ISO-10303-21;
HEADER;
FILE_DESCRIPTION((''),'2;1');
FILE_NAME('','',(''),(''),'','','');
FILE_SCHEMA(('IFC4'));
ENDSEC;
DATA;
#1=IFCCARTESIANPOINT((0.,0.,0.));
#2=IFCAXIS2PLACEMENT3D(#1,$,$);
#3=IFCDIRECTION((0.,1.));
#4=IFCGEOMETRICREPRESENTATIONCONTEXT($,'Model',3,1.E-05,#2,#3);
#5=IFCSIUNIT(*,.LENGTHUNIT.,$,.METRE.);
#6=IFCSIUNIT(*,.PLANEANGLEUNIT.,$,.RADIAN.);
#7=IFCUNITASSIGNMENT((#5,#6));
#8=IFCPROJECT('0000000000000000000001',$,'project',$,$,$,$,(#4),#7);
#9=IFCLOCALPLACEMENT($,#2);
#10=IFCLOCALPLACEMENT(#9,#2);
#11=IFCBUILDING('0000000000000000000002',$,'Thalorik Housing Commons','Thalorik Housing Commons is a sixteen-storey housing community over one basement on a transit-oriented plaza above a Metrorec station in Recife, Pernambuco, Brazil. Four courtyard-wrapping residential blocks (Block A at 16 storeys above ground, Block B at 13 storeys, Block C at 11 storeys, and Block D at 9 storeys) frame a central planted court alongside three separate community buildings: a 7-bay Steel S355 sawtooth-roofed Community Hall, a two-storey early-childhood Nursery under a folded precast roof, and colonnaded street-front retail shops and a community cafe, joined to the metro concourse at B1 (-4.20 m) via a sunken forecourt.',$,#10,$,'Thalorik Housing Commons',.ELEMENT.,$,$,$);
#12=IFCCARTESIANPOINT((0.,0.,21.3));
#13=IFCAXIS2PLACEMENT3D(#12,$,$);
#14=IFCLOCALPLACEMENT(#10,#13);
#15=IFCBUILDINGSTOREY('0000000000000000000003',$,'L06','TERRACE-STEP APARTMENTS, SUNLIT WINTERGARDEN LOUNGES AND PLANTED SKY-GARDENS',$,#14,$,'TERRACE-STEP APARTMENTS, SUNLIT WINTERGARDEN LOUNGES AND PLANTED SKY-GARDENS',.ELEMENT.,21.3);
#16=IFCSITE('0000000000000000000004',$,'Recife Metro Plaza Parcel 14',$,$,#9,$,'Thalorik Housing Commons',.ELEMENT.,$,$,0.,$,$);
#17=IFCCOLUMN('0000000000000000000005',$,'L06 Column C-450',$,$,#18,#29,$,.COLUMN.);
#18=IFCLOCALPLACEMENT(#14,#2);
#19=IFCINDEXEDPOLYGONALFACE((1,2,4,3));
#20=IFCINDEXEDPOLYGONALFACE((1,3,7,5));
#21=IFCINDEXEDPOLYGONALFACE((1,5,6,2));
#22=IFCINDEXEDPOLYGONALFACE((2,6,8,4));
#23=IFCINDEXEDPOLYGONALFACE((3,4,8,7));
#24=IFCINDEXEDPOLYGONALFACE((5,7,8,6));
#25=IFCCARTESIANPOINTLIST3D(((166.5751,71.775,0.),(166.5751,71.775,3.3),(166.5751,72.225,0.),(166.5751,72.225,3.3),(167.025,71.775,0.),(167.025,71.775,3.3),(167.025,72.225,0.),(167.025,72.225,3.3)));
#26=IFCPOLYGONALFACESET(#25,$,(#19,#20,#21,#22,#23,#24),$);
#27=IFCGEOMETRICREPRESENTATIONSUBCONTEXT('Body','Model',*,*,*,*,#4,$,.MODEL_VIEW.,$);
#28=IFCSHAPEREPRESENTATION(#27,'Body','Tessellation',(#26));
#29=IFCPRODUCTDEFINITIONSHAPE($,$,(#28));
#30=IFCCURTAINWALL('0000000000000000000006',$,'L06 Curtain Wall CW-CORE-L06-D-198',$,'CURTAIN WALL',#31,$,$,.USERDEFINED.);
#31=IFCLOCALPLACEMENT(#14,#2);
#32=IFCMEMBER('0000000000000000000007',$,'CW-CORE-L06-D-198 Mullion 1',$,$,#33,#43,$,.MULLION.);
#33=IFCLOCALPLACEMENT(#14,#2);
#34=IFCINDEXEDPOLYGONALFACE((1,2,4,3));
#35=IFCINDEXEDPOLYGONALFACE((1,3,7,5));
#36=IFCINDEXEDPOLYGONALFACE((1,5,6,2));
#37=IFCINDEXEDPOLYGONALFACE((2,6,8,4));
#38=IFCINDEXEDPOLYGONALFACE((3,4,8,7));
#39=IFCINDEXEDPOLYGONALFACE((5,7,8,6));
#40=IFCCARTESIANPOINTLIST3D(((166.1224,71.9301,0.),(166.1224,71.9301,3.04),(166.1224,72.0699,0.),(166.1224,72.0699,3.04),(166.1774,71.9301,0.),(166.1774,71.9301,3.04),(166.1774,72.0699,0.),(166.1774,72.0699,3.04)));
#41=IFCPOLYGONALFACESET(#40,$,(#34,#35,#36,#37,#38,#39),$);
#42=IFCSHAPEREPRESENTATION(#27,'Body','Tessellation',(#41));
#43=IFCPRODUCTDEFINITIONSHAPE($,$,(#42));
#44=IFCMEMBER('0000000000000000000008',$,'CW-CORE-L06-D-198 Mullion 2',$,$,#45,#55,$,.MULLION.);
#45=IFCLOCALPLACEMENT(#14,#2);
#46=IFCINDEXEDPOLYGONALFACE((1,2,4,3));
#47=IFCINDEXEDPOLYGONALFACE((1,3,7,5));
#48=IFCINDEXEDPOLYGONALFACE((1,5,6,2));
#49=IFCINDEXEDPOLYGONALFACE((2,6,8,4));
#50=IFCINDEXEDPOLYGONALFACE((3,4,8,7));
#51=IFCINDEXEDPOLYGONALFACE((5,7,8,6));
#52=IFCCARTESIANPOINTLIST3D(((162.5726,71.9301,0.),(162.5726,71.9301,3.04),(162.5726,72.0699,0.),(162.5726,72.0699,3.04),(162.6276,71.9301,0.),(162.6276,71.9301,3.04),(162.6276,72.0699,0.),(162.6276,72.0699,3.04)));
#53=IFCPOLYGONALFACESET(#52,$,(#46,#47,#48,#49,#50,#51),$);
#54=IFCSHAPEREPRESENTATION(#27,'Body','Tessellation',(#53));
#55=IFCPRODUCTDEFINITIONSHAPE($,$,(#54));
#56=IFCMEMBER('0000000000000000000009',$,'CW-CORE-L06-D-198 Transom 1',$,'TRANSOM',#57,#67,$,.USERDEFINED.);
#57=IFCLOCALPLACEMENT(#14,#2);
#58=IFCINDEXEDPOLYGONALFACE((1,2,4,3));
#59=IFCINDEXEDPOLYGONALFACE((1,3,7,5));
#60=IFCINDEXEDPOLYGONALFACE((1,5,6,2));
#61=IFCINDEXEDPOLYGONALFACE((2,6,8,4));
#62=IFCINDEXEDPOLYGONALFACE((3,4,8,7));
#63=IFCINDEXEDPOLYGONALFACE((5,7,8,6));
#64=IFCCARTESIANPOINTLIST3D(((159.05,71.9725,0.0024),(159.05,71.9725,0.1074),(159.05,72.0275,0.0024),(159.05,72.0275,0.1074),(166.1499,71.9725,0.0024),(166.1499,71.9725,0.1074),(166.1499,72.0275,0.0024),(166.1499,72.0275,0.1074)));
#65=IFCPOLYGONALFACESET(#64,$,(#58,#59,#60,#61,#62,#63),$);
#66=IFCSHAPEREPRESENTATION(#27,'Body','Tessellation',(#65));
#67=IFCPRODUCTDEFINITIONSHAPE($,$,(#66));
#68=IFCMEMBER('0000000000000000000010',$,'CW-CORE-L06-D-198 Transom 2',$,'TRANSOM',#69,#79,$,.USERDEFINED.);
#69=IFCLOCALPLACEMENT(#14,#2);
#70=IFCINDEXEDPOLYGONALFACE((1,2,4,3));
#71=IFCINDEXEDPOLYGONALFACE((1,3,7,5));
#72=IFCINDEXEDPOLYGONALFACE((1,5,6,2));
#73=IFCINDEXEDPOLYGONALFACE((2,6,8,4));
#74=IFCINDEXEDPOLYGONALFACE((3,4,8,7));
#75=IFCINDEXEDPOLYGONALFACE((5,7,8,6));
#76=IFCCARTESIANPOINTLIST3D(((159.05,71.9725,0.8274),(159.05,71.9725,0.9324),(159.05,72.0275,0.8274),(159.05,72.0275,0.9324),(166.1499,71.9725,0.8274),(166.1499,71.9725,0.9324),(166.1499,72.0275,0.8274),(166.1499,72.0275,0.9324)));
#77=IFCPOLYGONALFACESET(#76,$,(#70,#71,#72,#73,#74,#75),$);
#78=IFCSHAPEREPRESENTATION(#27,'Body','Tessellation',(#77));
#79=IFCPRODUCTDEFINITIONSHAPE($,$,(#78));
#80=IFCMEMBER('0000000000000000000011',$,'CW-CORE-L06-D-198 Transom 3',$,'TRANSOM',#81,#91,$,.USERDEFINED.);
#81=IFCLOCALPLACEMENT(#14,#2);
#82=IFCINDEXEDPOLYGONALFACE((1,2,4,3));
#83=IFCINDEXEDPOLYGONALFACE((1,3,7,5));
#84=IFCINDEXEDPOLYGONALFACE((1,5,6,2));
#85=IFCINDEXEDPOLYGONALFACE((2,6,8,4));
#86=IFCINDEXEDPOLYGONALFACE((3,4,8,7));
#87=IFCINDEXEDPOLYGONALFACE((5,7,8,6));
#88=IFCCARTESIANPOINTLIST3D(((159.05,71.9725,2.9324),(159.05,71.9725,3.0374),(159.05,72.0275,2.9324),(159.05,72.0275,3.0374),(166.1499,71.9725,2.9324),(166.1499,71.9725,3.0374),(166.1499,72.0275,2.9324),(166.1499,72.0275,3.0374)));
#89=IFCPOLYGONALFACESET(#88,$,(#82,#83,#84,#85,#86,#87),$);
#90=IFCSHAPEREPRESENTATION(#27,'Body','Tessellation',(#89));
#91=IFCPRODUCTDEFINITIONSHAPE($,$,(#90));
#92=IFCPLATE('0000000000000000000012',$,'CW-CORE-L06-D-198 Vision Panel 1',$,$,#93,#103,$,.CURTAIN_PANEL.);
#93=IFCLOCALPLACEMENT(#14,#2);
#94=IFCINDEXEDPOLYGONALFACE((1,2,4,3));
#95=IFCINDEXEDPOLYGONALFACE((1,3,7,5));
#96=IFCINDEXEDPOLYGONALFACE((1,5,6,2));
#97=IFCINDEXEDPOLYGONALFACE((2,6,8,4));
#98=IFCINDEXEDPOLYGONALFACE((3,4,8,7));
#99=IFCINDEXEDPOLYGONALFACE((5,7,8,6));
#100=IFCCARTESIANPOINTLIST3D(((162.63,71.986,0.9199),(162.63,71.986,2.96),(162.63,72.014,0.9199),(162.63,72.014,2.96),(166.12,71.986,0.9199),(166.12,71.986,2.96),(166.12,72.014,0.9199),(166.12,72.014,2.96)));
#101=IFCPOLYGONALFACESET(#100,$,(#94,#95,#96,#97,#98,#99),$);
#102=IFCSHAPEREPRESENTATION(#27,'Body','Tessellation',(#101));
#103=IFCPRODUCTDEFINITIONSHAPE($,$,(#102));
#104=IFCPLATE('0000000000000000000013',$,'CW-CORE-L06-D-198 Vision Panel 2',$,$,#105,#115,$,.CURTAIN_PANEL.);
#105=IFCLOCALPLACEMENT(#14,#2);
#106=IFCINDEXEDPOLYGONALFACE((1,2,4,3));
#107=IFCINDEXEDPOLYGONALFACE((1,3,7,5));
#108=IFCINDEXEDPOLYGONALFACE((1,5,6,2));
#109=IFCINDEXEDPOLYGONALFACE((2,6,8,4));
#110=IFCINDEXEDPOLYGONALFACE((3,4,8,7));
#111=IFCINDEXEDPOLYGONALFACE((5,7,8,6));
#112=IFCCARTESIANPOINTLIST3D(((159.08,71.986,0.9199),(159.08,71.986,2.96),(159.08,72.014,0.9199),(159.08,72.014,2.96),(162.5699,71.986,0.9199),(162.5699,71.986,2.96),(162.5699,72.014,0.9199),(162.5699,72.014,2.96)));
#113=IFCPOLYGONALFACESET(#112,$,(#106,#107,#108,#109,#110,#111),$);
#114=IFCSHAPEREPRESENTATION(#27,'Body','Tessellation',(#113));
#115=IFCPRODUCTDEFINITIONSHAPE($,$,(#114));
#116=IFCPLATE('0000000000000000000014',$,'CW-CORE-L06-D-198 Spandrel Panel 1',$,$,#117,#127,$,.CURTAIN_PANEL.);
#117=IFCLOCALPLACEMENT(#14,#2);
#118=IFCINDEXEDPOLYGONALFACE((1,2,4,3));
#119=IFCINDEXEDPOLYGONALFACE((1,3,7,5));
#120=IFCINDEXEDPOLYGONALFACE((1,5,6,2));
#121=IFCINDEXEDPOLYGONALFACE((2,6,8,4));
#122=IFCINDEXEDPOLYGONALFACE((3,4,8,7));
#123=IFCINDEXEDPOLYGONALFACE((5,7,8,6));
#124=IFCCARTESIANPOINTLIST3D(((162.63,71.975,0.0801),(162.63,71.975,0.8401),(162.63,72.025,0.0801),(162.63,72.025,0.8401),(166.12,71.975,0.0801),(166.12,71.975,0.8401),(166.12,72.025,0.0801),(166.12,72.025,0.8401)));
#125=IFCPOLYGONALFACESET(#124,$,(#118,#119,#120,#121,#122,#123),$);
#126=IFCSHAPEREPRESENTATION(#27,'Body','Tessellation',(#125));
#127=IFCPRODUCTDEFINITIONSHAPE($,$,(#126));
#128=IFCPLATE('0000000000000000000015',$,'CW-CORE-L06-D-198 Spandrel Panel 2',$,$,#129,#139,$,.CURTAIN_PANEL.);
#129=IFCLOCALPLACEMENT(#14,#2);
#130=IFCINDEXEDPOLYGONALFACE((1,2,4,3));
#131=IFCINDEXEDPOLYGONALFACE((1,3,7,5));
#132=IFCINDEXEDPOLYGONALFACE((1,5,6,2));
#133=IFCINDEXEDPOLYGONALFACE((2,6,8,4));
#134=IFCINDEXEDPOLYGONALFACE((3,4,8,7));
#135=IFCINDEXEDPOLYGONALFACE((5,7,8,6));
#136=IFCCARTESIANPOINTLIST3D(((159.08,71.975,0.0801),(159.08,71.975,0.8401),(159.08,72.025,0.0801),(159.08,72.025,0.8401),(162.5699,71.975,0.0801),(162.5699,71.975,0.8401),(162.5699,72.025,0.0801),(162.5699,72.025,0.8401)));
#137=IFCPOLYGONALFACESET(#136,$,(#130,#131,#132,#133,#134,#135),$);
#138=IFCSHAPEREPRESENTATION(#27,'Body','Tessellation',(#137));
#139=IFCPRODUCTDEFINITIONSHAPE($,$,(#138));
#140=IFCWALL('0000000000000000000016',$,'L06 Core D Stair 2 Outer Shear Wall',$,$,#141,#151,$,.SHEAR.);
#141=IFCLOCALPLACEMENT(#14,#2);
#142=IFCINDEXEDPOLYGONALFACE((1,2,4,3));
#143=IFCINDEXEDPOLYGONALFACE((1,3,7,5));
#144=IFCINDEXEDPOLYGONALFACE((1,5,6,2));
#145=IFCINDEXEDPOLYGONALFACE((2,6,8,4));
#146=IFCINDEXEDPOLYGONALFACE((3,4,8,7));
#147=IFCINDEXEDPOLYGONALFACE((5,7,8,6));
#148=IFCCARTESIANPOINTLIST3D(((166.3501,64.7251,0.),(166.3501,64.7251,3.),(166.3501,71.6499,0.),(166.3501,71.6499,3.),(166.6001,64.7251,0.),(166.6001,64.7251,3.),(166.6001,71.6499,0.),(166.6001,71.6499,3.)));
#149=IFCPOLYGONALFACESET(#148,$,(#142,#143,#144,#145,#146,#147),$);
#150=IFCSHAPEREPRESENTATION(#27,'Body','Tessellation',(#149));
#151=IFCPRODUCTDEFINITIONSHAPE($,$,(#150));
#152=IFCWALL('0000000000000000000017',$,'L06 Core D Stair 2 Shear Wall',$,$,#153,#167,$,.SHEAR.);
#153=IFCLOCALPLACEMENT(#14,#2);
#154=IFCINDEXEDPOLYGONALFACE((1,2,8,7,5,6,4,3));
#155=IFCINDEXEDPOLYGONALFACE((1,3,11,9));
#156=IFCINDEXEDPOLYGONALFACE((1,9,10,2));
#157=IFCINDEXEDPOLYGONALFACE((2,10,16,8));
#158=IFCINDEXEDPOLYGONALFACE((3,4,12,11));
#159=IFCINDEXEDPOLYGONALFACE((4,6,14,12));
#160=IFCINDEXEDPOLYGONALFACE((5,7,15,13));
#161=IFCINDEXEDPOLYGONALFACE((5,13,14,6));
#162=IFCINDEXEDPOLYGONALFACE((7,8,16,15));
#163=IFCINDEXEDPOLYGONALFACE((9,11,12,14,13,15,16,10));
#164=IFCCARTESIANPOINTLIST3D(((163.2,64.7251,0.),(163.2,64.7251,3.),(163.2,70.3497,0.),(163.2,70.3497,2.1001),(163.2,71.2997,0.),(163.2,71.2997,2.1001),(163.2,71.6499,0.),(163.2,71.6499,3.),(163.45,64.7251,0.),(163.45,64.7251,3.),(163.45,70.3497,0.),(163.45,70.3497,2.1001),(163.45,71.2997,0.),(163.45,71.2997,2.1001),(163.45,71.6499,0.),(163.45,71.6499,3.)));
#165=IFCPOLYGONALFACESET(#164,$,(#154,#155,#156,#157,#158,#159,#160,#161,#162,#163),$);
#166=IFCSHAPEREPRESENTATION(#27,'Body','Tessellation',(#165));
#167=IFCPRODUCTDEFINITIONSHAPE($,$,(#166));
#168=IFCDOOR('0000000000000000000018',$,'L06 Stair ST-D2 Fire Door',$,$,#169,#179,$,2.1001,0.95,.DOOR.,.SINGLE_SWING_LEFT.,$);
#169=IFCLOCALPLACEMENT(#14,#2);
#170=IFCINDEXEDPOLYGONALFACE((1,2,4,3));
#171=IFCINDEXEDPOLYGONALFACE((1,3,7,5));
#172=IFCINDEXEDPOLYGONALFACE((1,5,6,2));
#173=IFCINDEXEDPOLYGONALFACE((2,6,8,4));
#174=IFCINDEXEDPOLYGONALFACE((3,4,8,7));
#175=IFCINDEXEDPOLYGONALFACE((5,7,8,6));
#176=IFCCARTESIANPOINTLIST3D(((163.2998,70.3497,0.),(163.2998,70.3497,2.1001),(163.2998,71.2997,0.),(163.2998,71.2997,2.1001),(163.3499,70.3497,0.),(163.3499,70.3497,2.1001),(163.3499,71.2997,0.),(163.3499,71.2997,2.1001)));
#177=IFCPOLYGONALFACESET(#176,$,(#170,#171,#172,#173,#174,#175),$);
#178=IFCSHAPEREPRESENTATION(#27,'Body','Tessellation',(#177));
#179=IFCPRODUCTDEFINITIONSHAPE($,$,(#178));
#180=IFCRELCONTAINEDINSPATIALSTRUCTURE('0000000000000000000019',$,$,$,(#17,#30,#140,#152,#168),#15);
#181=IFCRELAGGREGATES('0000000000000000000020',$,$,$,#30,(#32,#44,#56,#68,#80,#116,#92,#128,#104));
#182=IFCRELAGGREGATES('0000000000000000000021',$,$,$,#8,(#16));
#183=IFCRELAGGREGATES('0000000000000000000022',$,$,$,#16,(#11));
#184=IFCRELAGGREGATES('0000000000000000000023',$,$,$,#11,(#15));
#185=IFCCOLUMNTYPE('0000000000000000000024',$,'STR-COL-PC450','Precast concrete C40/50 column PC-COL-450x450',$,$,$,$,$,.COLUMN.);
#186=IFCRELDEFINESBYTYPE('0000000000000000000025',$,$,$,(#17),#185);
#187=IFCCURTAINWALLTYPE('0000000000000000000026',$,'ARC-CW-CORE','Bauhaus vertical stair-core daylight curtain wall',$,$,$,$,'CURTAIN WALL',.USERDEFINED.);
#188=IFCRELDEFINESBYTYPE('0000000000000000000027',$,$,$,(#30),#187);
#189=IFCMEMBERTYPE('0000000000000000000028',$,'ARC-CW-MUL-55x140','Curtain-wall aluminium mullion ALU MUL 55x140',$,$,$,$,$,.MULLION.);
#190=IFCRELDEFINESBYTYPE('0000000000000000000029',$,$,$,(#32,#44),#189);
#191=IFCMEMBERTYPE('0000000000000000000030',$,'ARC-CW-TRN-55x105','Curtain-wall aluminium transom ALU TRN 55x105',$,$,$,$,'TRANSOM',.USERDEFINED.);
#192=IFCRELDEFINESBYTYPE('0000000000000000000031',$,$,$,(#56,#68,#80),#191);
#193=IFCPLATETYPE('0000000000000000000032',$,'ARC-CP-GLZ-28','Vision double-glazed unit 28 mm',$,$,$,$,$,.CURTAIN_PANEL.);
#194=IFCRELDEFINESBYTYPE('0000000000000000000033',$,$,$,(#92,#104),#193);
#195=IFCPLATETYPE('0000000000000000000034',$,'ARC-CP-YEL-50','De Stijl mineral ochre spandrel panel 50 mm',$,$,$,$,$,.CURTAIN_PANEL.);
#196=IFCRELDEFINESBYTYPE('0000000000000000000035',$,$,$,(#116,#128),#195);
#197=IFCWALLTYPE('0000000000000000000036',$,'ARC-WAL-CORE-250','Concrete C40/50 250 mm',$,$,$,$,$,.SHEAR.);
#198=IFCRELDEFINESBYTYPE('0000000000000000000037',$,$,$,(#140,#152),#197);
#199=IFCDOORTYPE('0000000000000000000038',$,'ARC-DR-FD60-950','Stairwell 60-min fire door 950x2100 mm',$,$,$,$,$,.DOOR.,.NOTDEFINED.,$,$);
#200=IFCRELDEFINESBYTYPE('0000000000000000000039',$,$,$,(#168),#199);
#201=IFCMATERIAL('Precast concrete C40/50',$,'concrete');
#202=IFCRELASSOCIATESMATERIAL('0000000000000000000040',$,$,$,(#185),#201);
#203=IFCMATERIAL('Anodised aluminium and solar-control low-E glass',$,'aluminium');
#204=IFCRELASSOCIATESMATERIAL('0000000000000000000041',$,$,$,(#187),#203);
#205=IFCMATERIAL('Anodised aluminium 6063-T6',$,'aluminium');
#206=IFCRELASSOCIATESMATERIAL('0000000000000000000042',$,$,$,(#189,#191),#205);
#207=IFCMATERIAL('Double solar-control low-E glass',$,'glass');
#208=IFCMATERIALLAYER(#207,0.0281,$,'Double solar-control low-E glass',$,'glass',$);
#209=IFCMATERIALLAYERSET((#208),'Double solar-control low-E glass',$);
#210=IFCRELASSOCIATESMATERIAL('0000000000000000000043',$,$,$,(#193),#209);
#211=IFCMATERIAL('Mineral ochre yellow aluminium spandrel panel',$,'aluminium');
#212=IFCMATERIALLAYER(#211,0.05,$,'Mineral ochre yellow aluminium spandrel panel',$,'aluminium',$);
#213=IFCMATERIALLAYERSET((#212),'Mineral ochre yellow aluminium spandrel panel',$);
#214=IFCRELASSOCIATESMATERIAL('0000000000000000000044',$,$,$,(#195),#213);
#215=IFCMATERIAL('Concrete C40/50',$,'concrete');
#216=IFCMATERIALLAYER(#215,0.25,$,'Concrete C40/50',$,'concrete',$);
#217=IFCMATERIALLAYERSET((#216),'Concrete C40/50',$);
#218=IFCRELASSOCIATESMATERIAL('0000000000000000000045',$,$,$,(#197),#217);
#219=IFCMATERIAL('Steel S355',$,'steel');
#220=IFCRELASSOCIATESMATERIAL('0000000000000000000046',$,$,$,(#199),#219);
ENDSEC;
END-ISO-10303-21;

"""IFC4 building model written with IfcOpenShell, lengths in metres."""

from ifc_helpers import new_model, si_unit, direction, frame, frame_2d, origin, origin_2d, place, context, subcontext, project, spatial, rectangle, extrude, material, layer, layer_set, material_profile, profile_set, type_object, element, fill, aggregate, save


model = new_model("IFC4")

# Units and contexts
model_context = context("Model", 3, precision=1e-05, world=origin(), true_north=direction((0.0, 1.0)))
body_context = subcontext(model_context, "Body", "Model", "MODEL_VIEW")
ifc_project = project(units=[si_unit("LENGTHUNIT", "METRE"), si_unit("PLANEANGLEUNIT", "RADIAN")], contexts=[model_context])

# Site, building, storey
site_placement = place(None, origin())
site = spatial("IfcSite", under=ifc_project, at=site_placement, Name="Recife Metro Plaza Parcel 14", LongName="Thalorik Housing Commons", CompositionType="ELEMENT", RefElevation=0.0)
building_placement = place(site_placement, origin())
building = spatial("IfcBuilding", under=site, at=building_placement, Name="Thalorik Housing Commons", Description="Thalorik Housing Commons is a sixteen-storey housing community over one basement on a transit-oriented plaza above a Metrorec station in Recife, Pernambuco, Brazil. Four courtyard-wrapping residential blocks (Block A at 16 storeys above ground, Block B at 13 storeys, Block C at 11 storeys, and Block D at 9 storeys) frame a central planted court alongside three separate community buildings: a 7-bay Steel S355 sawtooth-roofed Community Hall, a two-storey early-childhood Nursery under a folded precast roof, and colonnaded street-front retail shops and a community cafe, joined to the metro concourse at B1 (-4.20 m) via a sunken forecourt.", LongName="Thalorik Housing Commons", CompositionType="ELEMENT")
storey_placement = place(building_placement, frame((0.0, 0.0, 21.3)))
storey = spatial("IfcBuildingStorey", under=building, at=storey_placement, Name="L06", Description="TERRACE-STEP APARTMENTS, SUNLIT WINTERGARDEN LOUNGES AND PLANTED SKY-GARDENS", LongName="TERRACE-STEP APARTMENTS, SUNLIT WINTERGARDEN LOUNGES AND PLANTED SKY-GARDENS", CompositionType="ELEMENT", Elevation=21.3)

# Column
ifc_material_1 = material(Name="Precast concrete C40/50", Category="concrete")
ifc_material_profile_1 = material_profile(ifc_material_1, rectangle(XDim=0.45, YDim=0.45, at=origin_2d()), Name="PC 450x450", Category="concrete")
ifc_profile_set_1 = profile_set([ifc_material_profile_1], Name="Precast concrete C40/50")
column_type = type_object("IfcColumnType", Name="STR-COL-PC450", Description="Precast concrete C40/50 column PC-COL-450x450", PredefinedType="COLUMN", material=ifc_profile_set_1)
column_placement = place(storey_placement, frame((166.8, 72.0, 0.0), z_axis=(0.0, 0.0, 1.0), x_axis=(1.0, 0.0, 0.0)))
element("IfcColumn", 1, at=column_placement, inside=storey, type_object=column_type, Name="L06 Column C-450", PredefinedType="COLUMN", context=body_context, shape_type="SweptSolid", body=[
    extrude(rectangle(XDim=0.45, YDim=0.45, at=origin_2d()), origin(), (0.0, 0.0, 1.0), 3.3),
])

# Curtain wall, members, plates
ifc_material_2 = material(Name="Anodised aluminium and solar-control low-E glass", Category="aluminium")
curtain_wall_type = type_object("IfcCurtainWallType", Name="ARC-CW-CORE", Description="Bauhaus vertical stair-core daylight curtain wall", ElementType="CURTAIN WALL", PredefinedType="USERDEFINED", material=ifc_material_2)
curtain_wall_placement = place(storey_placement, origin())
curtain_wall = element("IfcCurtainWall", 2, at=curtain_wall_placement, inside=storey, type_object=curtain_wall_type, Name="L06 Curtain Wall CW-CORE-L06-D-198", ObjectType="CURTAIN WALL", PredefinedType="USERDEFINED")
ifc_material_3 = material(Name="Anodised aluminium 6063-T6", Category="aluminium")
ifc_material_profile_2 = material_profile(ifc_material_3, rectangle(XDim=0.0549, YDim=0.1399, at=origin_2d()), Name="ALU MUL 55x140", Category="aluminium")
ifc_profile_set_2 = profile_set([ifc_material_profile_2], Name="Anodised aluminium 6063-T6")
member_type_1 = type_object("IfcMemberType", Name="ARC-CW-MUL-55x140", Description="Curtain-wall aluminium mullion ALU MUL 55x140", PredefinedType="MULLION", material=ifc_profile_set_2)
member_1_placement = place(storey_placement, frame((166.1499, 72.0, 0.0), z_axis=(0.0, 0.0, 1.0), x_axis=(-1.0, 0.0, 0.0)))
member_1 = element("IfcMember", 3, at=member_1_placement, type_object=member_type_1, Name="CW-CORE-L06-D-198 Mullion 1", PredefinedType="MULLION", context=body_context, shape_type="SweptSolid", body=[
    extrude(rectangle(XDim=0.0549, YDim=0.1399, at=origin_2d()), origin(), (0.0, 0.0, 1.0), 3.04),
])
member_2_placement = place(storey_placement, frame((162.6001, 72.0, 0.0), z_axis=(0.0, 0.0, 1.0), x_axis=(-1.0, 0.0, 0.0)))
member_2 = element("IfcMember", 4, at=member_2_placement, type_object=member_type_1, Name="CW-CORE-L06-D-198 Mullion 2", PredefinedType="MULLION", context=body_context, shape_type="SweptSolid", body=[
    extrude(rectangle(XDim=0.0549, YDim=0.1399, at=origin_2d()), origin(), (0.0, 0.0, 1.0), 3.04),
])
ifc_material_profile_3 = material_profile(ifc_material_3, rectangle(XDim=0.0549, YDim=0.105, at=origin_2d()), Name="ALU TRN 55x105", Category="aluminium")
ifc_profile_set_3 = profile_set([ifc_material_profile_3], Name="Anodised aluminium 6063-T6")
member_type_2 = type_object("IfcMemberType", Name="ARC-CW-TRN-55x105", Description="Curtain-wall aluminium transom ALU TRN 55x105", ElementType="TRANSOM", PredefinedType="USERDEFINED", material=ifc_profile_set_3)
member_3_placement = place(storey_placement, frame((166.1499, 72.0, 0.0549), z_axis=(-1.0, 0.0, 0.0), x_axis=(0.0, -1.0, 0.0)))
member_3 = element("IfcMember", 5, at=member_3_placement, type_object=member_type_2, Name="CW-CORE-L06-D-198 Transom 1", ObjectType="TRANSOM", PredefinedType="USERDEFINED", context=body_context, shape_type="SweptSolid", body=[
    extrude(rectangle(XDim=0.0549, YDim=0.105, at=origin_2d()), origin(), (0.0, 0.0, 1.0), 7.0999),
])
member_4_placement = place(storey_placement, frame((166.1499, 72.0, 0.8799), z_axis=(-1.0, 0.0, 0.0), x_axis=(0.0, -1.0, 0.0)))
member_4 = element("IfcMember", 6, at=member_4_placement, type_object=member_type_2, Name="CW-CORE-L06-D-198 Transom 2", ObjectType="TRANSOM", PredefinedType="USERDEFINED", context=body_context, shape_type="SweptSolid", body=[
    extrude(rectangle(XDim=0.0549, YDim=0.105, at=origin_2d()), origin(), (0.0, 0.0, 1.0), 7.0999),
])
member_5_placement = place(storey_placement, frame((166.1499, 72.0, 2.9849), z_axis=(-1.0, 0.0, 0.0), x_axis=(0.0, -1.0, 0.0)))
member_5 = element("IfcMember", 7, at=member_5_placement, type_object=member_type_2, Name="CW-CORE-L06-D-198 Transom 3", ObjectType="TRANSOM", PredefinedType="USERDEFINED", context=body_context, shape_type="SweptSolid", body=[
    extrude(rectangle(XDim=0.0549, YDim=0.105, at=origin_2d()), origin(), (0.0, 0.0, 1.0), 7.0999),
])
ifc_material_4 = material(Name="Double solar-control low-E glass", Category="glass")
ifc_layer_1 = layer(ifc_material_4, 0.0281, Name="Double solar-control low-E glass", Category="glass")
ifc_layer_set_1 = layer_set([ifc_layer_1], Name="Double solar-control low-E glass")
plate_type_1 = type_object("IfcPlateType", Name="ARC-CP-GLZ-28", Description="Vision double-glazed unit 28 mm", PredefinedType="CURTAIN_PANEL", material=ifc_layer_set_1)
plate_1_placement = place(storey_placement, frame((164.375, 72.0, 0.9199), z_axis=(0.0, 0.0, 1.0), x_axis=(-1.0, 0.0, 0.0)))
plate_1 = element("IfcPlate", 8, at=plate_1_placement, type_object=plate_type_1, Name="CW-CORE-L06-D-198 Vision Panel 1", PredefinedType="CURTAIN_PANEL", context=body_context, shape_type="SweptSolid", body=[
    extrude(rectangle(XDim=3.49, YDim=0.0281, at=origin_2d()), origin(), (0.0, 0.0, 1.0), 2.04),
])
plate_2_placement = place(storey_placement, frame((160.825, 72.0, 0.9199), z_axis=(0.0, 0.0, 1.0), x_axis=(-1.0, 0.0, 0.0)))
plate_2 = element("IfcPlate", 9, at=plate_2_placement, type_object=plate_type_1, Name="CW-CORE-L06-D-198 Vision Panel 2", PredefinedType="CURTAIN_PANEL", context=body_context, shape_type="SweptSolid", body=[
    extrude(rectangle(XDim=3.49, YDim=0.0281, at=origin_2d()), origin(), (0.0, 0.0, 1.0), 2.04),
])
ifc_material_5 = material(Name="Mineral ochre yellow aluminium spandrel panel", Category="aluminium")
ifc_layer_2 = layer(ifc_material_5, 0.05, Name="Mineral ochre yellow aluminium spandrel panel", Category="aluminium")
ifc_layer_set_2 = layer_set([ifc_layer_2], Name="Mineral ochre yellow aluminium spandrel panel")
plate_type_2 = type_object("IfcPlateType", Name="ARC-CP-YEL-50", Description="De Stijl mineral ochre spandrel panel 50 mm", PredefinedType="CURTAIN_PANEL", material=ifc_layer_set_2)
plate_3_placement = place(storey_placement, frame((164.375, 72.0, 0.0801), z_axis=(0.0, 0.0, 1.0), x_axis=(-1.0, 0.0, 0.0)))
plate_3 = element("IfcPlate", 10, at=plate_3_placement, type_object=plate_type_2, Name="CW-CORE-L06-D-198 Spandrel Panel 1", PredefinedType="CURTAIN_PANEL", context=body_context, shape_type="SweptSolid", body=[
    extrude(rectangle(XDim=3.49, YDim=0.05, at=origin_2d()), origin(), (0.0, 0.0, 1.0), 0.76),
])
plate_4_placement = place(storey_placement, frame((160.825, 72.0, 0.0801), z_axis=(0.0, 0.0, 1.0), x_axis=(-1.0, 0.0, 0.0)))
plate_4 = element("IfcPlate", 11, at=plate_4_placement, type_object=plate_type_2, Name="CW-CORE-L06-D-198 Spandrel Panel 2", PredefinedType="CURTAIN_PANEL", context=body_context, shape_type="SweptSolid", body=[
    extrude(rectangle(XDim=3.49, YDim=0.05, at=origin_2d()), origin(), (0.0, 0.0, 1.0), 0.76),
])
aggregate(curtain_wall, [member_1, member_2, member_3, member_4, member_5, plate_3, plate_1, plate_4, plate_2])

# Wall
ifc_material_6 = material(Name="Concrete C40/50", Category="concrete")
ifc_layer_3 = layer(ifc_material_6, 0.25, Name="Concrete C40/50", Category="concrete")
ifc_layer_set_3 = layer_set([ifc_layer_3], Name="Concrete C40/50")
wall_type_1 = type_object("IfcWallType", Name="ARC-WAL-CORE-250", Description="Concrete C40/50 250 mm", PredefinedType="SHEAR", material=ifc_layer_set_3)
wall_1_placement = place(storey_placement, frame((166.4751, 71.6499, 0.0), z_axis=(0.0, 0.0, 1.0), x_axis=(0.0, -1.0, 0.0)))
element("IfcWall", 12, at=wall_1_placement, inside=storey, type_object=wall_type_1, Name="L06 Core D Stair 2 Outer Shear Wall", PredefinedType="SHEAR", context=body_context, shape_type="SweptSolid", body=[
    extrude(rectangle(XDim=6.9248, YDim=0.25, at=frame_2d((3.4624, 0.0))), origin(), (0.0, 0.0, 1.0), 3.0),
])

# Wall, opening, door
wall_2_placement = place(storey_placement, frame((163.325, 71.6499, 0.0), z_axis=(0.0, 0.0, 1.0), x_axis=(0.0, -1.0, 0.0)))
wall_2 = element("IfcWall", 13, at=wall_2_placement, inside=storey, type_object=wall_type_1, Name="L06 Core D Stair 2 Shear Wall", PredefinedType="SHEAR", context=body_context, shape_type="SweptSolid", body=[
    extrude(rectangle(XDim=6.9248, YDim=0.25, at=frame_2d((3.4624, 0.0))), origin(), (0.0, 0.0, 1.0), 3.0),
])
opening_placement = place(wall_2_placement, frame((0.3501, 0.0, 0.0)))
opening = element("IfcOpeningElement", 14, at=opening_placement, cuts=wall_2, PredefinedType="OPENING", context=body_context, shape_type="SweptSolid", body=[
    extrude(rectangle(XDim=0.95, YDim=2.1001, at=frame_2d((0.4751, 1.05))), frame((0.0, 0.135, 0.0), z_axis=(0.0, -1.0, 0.0), x_axis=(1.0, 0.0, 0.0)), (0.0, 0.0, 1.0), 0.27),
])
ifc_material_7 = material(Name="Steel S355", Category="steel")
door_type = type_object("IfcDoorType", Name="ARC-DR-FD60-950", Description="Stairwell 60-min fire door 950x2100 mm", OperationType="NOTDEFINED", PredefinedType="DOOR", material=ifc_material_7)
door_placement = place(opening_placement, origin())
door = element("IfcDoor", 15, at=door_placement, inside=storey, type_object=door_type, Name="L06 Stair ST-D2 Fire Door", OperationType="SINGLE_SWING_LEFT", OverallHeight=2.1001, OverallWidth=0.95, PredefinedType="DOOR", context=body_context, shape_type="SweptSolid", body=[
    extrude(rectangle(XDim=0.95, YDim=2.1001, at=frame_2d((0.4751, 1.05))), frame((0.0, 0.0249, 0.0), z_axis=(0.0, -1.0, 0.0), x_axis=(1.0, 0.0, 0.0)), (0.0, 0.0, 1.0), 0.05),
])
fill(opening, door)

save(model, "model.ifc")
